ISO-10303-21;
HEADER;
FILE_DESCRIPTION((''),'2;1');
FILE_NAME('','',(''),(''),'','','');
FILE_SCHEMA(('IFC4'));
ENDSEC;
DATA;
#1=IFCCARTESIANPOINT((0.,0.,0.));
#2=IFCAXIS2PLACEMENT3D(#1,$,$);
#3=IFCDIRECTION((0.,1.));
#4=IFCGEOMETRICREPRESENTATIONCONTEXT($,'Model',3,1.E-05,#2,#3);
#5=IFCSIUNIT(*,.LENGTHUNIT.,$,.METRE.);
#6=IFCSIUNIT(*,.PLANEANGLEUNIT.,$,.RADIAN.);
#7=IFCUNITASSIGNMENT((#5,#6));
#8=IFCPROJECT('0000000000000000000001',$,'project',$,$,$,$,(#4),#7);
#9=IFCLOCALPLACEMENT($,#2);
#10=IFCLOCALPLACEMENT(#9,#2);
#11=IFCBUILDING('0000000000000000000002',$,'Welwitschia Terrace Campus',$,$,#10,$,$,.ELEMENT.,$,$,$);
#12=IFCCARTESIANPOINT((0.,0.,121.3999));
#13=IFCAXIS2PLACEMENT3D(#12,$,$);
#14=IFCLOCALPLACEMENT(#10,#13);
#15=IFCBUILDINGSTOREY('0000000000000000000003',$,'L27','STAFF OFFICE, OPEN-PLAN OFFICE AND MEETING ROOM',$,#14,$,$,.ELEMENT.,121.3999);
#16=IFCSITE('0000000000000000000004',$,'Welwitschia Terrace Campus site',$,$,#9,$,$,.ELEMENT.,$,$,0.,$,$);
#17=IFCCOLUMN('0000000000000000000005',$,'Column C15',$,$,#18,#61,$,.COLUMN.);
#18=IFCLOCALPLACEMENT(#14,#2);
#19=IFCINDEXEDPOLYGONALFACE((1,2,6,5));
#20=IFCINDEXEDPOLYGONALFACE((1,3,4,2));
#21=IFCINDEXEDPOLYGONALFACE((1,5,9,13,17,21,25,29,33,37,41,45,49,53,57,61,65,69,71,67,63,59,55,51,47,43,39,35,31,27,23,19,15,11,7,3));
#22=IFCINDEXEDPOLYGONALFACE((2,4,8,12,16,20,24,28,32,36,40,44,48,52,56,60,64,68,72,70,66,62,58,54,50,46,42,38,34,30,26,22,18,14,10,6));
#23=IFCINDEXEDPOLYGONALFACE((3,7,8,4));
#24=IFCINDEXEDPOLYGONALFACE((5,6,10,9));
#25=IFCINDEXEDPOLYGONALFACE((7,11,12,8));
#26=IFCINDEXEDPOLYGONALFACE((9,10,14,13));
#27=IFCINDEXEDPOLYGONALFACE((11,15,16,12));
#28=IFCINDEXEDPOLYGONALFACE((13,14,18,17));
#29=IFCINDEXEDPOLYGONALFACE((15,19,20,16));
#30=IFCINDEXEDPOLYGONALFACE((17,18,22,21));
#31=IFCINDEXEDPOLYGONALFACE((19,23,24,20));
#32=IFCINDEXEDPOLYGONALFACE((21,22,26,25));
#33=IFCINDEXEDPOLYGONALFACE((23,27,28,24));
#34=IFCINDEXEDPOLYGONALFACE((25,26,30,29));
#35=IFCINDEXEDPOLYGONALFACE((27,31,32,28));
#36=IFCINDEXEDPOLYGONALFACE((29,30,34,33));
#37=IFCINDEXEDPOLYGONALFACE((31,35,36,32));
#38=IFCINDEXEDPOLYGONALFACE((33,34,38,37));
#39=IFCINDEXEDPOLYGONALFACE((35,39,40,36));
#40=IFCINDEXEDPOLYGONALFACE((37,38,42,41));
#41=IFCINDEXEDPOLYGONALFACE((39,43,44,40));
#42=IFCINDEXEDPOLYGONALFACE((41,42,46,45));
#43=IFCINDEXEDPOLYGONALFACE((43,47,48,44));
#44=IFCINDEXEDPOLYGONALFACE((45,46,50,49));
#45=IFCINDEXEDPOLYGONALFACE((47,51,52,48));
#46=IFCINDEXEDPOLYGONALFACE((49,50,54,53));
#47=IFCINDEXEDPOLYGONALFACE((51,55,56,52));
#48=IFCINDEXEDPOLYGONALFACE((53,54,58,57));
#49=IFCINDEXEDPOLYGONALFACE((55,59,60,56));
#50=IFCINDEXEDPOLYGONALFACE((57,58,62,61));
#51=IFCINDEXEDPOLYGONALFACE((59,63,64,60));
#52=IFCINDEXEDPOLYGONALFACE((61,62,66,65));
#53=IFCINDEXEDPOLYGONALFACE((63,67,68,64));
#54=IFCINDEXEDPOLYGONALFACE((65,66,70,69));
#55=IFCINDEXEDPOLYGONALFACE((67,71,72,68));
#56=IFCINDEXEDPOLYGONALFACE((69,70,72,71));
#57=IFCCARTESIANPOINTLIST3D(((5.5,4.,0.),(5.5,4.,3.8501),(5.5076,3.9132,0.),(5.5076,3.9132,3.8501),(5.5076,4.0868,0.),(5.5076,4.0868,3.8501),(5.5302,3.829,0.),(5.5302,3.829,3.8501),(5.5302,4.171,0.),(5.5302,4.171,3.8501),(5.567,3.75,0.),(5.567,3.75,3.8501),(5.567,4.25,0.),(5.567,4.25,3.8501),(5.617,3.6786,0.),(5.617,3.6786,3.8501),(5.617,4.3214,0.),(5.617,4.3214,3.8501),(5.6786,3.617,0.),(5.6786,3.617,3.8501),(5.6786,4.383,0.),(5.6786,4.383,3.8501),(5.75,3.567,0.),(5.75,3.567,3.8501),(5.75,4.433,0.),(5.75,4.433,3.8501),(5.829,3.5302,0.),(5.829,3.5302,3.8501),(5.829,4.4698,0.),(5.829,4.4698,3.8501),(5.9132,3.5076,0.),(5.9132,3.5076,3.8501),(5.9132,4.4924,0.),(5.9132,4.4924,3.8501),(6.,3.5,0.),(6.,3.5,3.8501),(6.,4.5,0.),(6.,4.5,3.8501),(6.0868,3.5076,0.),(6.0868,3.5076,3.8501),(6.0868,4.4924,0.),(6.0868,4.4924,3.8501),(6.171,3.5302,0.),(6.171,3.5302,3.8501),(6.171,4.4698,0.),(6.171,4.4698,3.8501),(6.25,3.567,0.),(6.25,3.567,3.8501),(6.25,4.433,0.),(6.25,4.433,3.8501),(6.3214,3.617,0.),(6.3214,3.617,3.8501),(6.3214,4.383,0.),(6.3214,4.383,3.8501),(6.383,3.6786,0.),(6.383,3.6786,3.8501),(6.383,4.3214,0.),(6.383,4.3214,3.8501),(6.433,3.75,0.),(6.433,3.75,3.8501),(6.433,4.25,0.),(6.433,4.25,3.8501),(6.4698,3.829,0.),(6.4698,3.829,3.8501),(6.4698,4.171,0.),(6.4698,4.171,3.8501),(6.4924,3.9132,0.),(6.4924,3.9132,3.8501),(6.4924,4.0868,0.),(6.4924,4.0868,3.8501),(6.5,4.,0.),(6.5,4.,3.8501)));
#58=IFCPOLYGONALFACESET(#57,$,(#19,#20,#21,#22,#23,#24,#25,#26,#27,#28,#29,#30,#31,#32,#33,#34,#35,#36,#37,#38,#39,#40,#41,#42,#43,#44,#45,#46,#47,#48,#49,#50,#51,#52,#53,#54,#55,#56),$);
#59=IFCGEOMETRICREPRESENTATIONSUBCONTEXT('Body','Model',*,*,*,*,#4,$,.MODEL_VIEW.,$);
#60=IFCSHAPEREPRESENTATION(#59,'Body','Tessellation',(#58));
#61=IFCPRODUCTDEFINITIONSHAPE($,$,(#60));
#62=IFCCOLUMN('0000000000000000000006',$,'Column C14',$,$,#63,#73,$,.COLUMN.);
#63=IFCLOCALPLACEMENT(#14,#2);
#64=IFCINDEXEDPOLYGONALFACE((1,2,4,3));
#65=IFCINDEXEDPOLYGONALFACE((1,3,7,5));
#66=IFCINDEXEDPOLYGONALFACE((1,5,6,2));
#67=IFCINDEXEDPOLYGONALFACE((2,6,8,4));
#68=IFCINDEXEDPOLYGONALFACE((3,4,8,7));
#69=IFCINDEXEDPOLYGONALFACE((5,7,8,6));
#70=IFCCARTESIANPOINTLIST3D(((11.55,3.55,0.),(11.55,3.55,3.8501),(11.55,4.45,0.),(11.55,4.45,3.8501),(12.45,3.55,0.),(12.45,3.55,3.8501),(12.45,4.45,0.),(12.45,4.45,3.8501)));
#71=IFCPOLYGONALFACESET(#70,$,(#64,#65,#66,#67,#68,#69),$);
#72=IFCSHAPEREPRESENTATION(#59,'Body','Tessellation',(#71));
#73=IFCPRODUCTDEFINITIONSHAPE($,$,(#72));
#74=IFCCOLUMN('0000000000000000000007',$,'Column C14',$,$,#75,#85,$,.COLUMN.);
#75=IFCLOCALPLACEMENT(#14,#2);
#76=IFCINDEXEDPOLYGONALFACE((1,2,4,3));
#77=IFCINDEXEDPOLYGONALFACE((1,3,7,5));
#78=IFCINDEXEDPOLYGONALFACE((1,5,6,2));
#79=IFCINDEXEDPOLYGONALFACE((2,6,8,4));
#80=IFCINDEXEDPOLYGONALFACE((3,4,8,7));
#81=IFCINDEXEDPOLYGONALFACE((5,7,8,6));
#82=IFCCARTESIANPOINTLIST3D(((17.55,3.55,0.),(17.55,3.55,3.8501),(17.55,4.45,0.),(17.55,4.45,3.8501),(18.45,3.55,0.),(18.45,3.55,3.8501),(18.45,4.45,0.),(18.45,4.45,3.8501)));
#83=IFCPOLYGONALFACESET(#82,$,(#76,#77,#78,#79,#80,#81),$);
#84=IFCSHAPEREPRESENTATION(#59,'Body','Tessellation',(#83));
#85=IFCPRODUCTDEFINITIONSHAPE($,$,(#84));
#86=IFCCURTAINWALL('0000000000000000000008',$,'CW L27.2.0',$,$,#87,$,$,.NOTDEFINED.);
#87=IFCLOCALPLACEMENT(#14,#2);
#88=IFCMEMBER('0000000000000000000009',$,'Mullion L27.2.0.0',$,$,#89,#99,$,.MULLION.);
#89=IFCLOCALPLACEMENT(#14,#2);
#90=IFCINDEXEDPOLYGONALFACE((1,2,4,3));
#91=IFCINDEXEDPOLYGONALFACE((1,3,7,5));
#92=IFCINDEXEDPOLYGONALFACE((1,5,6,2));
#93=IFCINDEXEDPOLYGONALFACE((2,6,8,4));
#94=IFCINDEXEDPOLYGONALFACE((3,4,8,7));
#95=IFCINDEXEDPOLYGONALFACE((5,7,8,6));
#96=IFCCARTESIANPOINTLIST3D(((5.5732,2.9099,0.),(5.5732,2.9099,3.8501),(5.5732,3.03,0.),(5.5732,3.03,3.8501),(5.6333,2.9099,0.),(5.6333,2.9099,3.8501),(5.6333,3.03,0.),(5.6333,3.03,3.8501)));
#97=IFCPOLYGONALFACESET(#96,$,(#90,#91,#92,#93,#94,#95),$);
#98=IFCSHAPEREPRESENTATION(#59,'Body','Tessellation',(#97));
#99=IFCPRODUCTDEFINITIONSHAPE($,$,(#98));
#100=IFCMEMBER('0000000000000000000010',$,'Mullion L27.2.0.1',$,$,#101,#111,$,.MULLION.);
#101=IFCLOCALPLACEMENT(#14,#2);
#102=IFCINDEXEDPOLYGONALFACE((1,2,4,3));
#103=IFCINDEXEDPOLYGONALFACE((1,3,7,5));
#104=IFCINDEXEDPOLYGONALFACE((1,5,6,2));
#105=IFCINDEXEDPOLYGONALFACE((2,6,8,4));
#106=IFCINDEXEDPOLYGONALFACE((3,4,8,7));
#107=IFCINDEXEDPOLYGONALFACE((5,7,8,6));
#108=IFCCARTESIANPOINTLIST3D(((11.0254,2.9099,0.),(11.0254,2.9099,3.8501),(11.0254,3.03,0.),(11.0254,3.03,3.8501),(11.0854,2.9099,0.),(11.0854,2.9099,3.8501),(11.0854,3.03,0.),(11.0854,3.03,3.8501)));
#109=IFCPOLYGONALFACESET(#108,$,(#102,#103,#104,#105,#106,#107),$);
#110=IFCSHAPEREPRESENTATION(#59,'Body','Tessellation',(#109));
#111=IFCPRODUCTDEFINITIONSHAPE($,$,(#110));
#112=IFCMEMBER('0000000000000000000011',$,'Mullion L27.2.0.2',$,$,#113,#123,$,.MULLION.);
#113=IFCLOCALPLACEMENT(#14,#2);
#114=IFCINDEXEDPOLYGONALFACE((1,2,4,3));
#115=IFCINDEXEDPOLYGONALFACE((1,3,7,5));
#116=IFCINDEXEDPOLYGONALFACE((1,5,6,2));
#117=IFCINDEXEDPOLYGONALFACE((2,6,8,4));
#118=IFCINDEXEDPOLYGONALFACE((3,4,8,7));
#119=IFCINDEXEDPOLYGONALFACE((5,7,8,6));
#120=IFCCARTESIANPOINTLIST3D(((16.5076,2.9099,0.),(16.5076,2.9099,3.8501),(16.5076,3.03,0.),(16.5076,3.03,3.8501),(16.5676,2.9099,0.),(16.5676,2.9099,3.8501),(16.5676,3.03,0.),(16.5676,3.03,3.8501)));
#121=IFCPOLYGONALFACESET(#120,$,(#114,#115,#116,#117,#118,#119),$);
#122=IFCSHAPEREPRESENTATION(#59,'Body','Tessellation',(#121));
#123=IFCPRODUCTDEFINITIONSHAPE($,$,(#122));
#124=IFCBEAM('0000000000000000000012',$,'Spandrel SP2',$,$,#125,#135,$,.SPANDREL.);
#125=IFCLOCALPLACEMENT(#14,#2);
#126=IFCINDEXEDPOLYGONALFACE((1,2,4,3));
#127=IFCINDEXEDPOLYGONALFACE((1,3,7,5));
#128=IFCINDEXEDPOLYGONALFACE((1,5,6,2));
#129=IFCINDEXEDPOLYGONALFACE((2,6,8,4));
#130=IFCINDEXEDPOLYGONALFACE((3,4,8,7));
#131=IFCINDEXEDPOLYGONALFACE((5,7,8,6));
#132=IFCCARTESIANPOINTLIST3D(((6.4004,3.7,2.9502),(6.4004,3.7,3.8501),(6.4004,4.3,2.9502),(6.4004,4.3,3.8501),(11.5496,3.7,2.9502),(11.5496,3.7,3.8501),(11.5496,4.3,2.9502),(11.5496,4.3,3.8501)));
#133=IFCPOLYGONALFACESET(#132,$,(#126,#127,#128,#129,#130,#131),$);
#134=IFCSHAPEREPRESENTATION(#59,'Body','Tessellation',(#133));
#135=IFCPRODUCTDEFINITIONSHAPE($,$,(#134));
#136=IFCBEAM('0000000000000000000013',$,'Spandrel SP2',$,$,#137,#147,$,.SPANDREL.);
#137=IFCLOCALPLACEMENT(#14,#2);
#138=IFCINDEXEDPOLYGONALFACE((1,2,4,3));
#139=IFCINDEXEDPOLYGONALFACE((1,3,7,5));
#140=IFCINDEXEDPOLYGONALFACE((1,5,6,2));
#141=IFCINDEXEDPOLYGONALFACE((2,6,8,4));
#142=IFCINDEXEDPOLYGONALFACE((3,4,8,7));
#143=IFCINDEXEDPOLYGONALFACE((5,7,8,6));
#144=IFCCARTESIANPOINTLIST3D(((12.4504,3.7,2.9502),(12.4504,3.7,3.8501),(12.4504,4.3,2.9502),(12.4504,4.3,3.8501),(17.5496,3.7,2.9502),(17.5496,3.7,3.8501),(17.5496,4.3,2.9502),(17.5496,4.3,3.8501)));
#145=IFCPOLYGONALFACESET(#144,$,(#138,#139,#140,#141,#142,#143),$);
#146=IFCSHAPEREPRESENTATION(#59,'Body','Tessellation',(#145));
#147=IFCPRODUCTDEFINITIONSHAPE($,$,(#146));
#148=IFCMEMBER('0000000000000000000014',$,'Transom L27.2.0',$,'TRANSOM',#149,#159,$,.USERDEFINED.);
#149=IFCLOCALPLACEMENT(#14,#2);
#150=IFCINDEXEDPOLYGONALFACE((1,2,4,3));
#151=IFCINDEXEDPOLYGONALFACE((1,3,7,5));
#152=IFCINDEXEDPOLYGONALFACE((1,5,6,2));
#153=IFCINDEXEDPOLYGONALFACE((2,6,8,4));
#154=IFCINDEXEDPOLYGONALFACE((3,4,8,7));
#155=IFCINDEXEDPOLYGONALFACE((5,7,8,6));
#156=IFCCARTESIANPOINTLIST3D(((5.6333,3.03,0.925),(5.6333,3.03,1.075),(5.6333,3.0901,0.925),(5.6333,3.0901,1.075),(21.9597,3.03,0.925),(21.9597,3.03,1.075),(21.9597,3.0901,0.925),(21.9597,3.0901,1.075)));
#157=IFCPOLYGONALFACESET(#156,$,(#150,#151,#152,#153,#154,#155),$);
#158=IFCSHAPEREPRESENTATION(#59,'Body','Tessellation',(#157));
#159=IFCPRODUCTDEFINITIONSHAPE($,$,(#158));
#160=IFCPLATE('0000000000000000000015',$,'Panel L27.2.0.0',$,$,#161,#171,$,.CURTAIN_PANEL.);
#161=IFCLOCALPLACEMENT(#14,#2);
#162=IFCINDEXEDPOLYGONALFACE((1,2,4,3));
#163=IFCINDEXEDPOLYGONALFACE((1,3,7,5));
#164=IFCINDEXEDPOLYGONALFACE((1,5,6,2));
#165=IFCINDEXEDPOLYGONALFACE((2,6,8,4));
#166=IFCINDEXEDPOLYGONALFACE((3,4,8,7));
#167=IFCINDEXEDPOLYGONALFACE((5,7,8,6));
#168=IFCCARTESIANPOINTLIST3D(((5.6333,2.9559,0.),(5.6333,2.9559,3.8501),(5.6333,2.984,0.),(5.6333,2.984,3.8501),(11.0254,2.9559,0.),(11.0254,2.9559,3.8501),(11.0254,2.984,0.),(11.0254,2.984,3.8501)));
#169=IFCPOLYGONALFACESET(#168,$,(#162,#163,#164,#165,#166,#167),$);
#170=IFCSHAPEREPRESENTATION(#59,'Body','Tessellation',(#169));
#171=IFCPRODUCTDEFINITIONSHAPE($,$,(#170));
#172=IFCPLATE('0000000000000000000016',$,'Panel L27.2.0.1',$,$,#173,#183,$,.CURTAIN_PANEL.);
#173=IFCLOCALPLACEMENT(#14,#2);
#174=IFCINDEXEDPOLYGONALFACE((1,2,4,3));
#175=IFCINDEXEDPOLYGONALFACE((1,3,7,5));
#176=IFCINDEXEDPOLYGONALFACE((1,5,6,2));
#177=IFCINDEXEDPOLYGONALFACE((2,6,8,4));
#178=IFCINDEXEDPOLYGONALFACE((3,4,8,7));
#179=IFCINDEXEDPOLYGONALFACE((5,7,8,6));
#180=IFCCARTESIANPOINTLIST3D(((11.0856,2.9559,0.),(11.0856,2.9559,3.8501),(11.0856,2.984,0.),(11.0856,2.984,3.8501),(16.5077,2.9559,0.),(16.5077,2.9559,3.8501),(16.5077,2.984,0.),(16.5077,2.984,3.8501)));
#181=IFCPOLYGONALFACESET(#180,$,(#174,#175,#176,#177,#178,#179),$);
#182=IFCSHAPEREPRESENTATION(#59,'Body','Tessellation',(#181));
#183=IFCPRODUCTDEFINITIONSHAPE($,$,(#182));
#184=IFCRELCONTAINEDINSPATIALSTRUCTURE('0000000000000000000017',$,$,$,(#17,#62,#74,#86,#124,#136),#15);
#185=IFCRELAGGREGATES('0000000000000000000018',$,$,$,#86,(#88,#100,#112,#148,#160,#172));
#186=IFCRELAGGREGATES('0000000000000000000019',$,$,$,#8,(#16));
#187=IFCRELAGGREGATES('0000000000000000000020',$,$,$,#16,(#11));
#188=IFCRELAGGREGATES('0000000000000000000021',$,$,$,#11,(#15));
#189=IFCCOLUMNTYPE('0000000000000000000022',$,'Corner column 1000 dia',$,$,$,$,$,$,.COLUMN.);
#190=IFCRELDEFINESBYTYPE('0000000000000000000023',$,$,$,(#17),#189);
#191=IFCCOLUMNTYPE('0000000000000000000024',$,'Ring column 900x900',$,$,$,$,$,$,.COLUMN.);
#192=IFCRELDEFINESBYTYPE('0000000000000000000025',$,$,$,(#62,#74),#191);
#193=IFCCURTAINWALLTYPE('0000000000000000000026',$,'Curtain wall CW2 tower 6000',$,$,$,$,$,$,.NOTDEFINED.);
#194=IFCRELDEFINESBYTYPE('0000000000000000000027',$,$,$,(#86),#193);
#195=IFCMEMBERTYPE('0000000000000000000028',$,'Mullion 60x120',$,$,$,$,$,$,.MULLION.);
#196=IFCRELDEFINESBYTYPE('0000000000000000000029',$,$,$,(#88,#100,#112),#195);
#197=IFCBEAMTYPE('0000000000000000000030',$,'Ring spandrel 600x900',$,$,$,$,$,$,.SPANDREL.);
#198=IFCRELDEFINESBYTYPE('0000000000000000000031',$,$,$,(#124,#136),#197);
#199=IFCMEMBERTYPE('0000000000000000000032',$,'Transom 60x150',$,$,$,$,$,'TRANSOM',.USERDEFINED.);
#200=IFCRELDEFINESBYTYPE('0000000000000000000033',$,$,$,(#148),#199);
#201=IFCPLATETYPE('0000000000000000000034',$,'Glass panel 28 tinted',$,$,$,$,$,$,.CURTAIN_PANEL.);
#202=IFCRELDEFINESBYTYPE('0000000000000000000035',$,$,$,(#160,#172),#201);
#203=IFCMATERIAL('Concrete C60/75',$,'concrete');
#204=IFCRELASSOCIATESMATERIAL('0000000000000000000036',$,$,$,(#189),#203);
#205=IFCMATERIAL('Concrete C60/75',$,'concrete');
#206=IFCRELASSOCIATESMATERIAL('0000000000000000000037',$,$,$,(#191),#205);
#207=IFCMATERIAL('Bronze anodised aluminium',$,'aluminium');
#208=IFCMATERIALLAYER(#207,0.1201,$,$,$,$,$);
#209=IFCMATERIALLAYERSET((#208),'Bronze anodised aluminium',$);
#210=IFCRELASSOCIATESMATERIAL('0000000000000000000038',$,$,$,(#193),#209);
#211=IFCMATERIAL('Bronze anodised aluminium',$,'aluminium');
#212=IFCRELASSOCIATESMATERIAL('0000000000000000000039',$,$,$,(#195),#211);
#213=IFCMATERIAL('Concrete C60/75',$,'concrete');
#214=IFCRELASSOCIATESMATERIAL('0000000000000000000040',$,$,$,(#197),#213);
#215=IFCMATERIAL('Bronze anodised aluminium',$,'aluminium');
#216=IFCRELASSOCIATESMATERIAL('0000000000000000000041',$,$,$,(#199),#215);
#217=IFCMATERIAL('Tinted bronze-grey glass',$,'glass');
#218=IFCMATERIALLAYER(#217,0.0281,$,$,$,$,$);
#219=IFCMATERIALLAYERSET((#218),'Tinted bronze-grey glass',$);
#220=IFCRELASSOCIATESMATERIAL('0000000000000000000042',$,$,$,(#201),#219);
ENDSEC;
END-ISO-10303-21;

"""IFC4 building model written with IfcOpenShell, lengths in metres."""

from ifc_helpers import new_model, si_unit, direction, frame, origin, origin_2d, place, context, subcontext, project, spatial, rectangle, circle, extrude, material, layer, layer_set, material_profile, profile_set, type_object, element, aggregate, save


model = new_model("IFC4")

# Units and contexts
model_context = context("Model", 3, precision=1e-05, world=origin(), true_north=direction((0.0, 1.0)))
body_context = subcontext(model_context, "Body", "Model", "MODEL_VIEW")
ifc_project = project(units=[si_unit("LENGTHUNIT", "METRE"), si_unit("PLANEANGLEUNIT", "RADIAN")], contexts=[model_context])

# Site, building, storey
site_placement = place(None, origin())
site = spatial("IfcSite", under=ifc_project, at=site_placement, Name="Welwitschia Terrace Campus site", CompositionType="ELEMENT", RefElevation=0.0)
building_placement = place(site_placement, origin())
building = spatial("IfcBuilding", under=site, at=building_placement, Name="Welwitschia Terrace Campus", CompositionType="ELEMENT")
storey_placement = place(building_placement, frame((0.0, 0.0, 121.3999)))
storey = spatial("IfcBuildingStorey", under=building, at=storey_placement, Name="L27", Description="STAFF OFFICE, OPEN-PLAN OFFICE AND MEETING ROOM", CompositionType="ELEMENT", Elevation=121.3999)

# Columns
ifc_material_1 = material(Name="Concrete C60/75", Category="concrete")
ifc_material_profile_1 = material_profile(ifc_material_1, circle(Radius=0.5, at=origin_2d()))
ifc_profile_set_1 = profile_set([ifc_material_profile_1], Name="Concrete C60/75")
column_type_1 = type_object("IfcColumnType", Name="Corner column 1000 dia", PredefinedType="COLUMN", material=ifc_profile_set_1)
column_placement = place(storey_placement, frame((6.0, 4.0, 0.0), z_axis=(0.0, 0.0, 1.0), x_axis=(1.0, 0.0, 0.0)))
element("IfcColumn", 1, at=column_placement, inside=storey, type_object=column_type_1, Name="Column C15", PredefinedType="COLUMN", context=body_context, shape_type="SweptSolid", body=[
    extrude(circle(Radius=0.5, at=origin_2d()), origin(), (0.0, 0.0, 1.0), 3.8501),
])
ifc_material_2 = material(Name="Concrete C60/75", Category="concrete")
ifc_material_profile_2 = material_profile(ifc_material_2, rectangle(XDim=0.8999, YDim=0.8999, at=origin_2d()))
ifc_profile_set_2 = profile_set([ifc_material_profile_2], Name="Concrete C60/75")
column_type_2 = type_object("IfcColumnType", Name="Ring column 900x900", PredefinedType="COLUMN", material=ifc_profile_set_2)
for number, where, z_axis, x_axis, name in (
    (2, (12.0, 4.0, 0.0), (0.0, 0.0, 1.0), (1.0, 0.0, 0.0), "Column C14"),
    (3, (18.0, 4.0, 0.0), (0.0, 0.0, 1.0), (1.0, 0.0, 0.0), "Column C14"),
):
    element("IfcColumn", number, at=place(storey_placement, frame(where, z_axis=z_axis, x_axis=x_axis)), inside=storey, type_object=column_type_2, Name=name, PredefinedType="COLUMN", context=body_context, shape_type="SweptSolid", body=[
        extrude(rectangle(XDim=0.8999, YDim=0.8999, at=origin_2d()), origin(), (0.0, 0.0, 1.0), 3.8501),
    ])

# Curtain wall, members
ifc_material_3 = material(Name="Bronze anodised aluminium", Category="aluminium")
ifc_layer_1 = layer(ifc_material_3, 0.1201)
ifc_layer_set_1 = layer_set([ifc_layer_1], Name="Bronze anodised aluminium")
curtain_wall_type = type_object("IfcCurtainWallType", Name="Curtain wall CW2 tower 6000", PredefinedType="NOTDEFINED", material=ifc_layer_set_1)
curtain_wall_placement = place(storey_placement, origin())
curtain_wall = element("IfcCurtainWall", 4, at=curtain_wall_placement, inside=storey, type_object=curtain_wall_type, Name="CW L27.2.0", PredefinedType="NOTDEFINED")
ifc_material_4 = material(Name="Bronze anodised aluminium", Category="aluminium")
ifc_material_profile_3 = material_profile(ifc_material_4, rectangle(XDim=0.1201, YDim=0.0601, at=origin_2d()))
ifc_profile_set_3 = profile_set([ifc_material_profile_3], Name="Bronze anodised aluminium")
member_type_1 = type_object("IfcMemberType", Name="Mullion 60x120", PredefinedType="MULLION", material=ifc_profile_set_3)
member_1_placement = place(storey_placement, frame((5.6033, 2.97, 0.0), z_axis=(0.0, 0.0, 1.0), x_axis=(0.0, 1.0, 0.0)))
member_1 = element("IfcMember", 5, at=member_1_placement, type_object=member_type_1, Name="Mullion L27.2.0.0", PredefinedType="MULLION", context=body_context, shape_type="SweptSolid", body=[
    extrude(rectangle(XDim=0.1201, YDim=0.0601, at=origin_2d()), origin(), (0.0, 0.0, 1.0), 3.8501),
])
member_2_placement = place(storey_placement, frame((11.0554, 2.97, 0.0), z_axis=(0.0, 0.0, 1.0), x_axis=(0.0, 1.0, 0.0)))
member_2 = element("IfcMember", 6, at=member_2_placement, type_object=member_type_1, Name="Mullion L27.2.0.1", PredefinedType="MULLION", context=body_context, shape_type="SweptSolid", body=[
    extrude(rectangle(XDim=0.1201, YDim=0.0601, at=origin_2d()), origin(), (0.0, 0.0, 1.0), 3.8501),
])
member_3_placement = place(storey_placement, frame((16.5376, 2.97, 0.0), z_axis=(0.0, 0.0, 1.0), x_axis=(0.0, 1.0, 0.0)))
member_3 = element("IfcMember", 7, at=member_3_placement, type_object=member_type_1, Name="Mullion L27.2.0.2", PredefinedType="MULLION", context=body_context, shape_type="SweptSolid", body=[
    extrude(rectangle(XDim=0.1201, YDim=0.0601, at=origin_2d()), origin(), (0.0, 0.0, 1.0), 3.8501),
])

# Beams
ifc_material_5 = material(Name="Concrete C60/75", Category="concrete")
ifc_material_profile_4 = material_profile(ifc_material_5, rectangle(XDim=0.6001, YDim=0.8999, at=origin_2d()))
ifc_profile_set_4 = profile_set([ifc_material_profile_4], Name="Concrete C60/75")
beam_type = type_object("IfcBeamType", Name="Ring spandrel 600x900", PredefinedType="SPANDREL", material=ifc_profile_set_4)
beam_1_placement = place(storey_placement, frame((6.4004, 4.0, 3.4001), z_axis=(1.0, 0.0, 0.0), x_axis=(0.0, 1.0, 0.0)))
element("IfcBeam", 8, at=beam_1_placement, inside=storey, type_object=beam_type, Name="Spandrel SP2", PredefinedType="SPANDREL", context=body_context, shape_type="SweptSolid", body=[
    extrude(rectangle(XDim=0.6001, YDim=0.8999, at=origin_2d()), origin(), (0.0, 0.0, 1.0), 5.1492),
])
beam_2_placement = place(storey_placement, frame((12.4504, 4.0, 3.4001), z_axis=(1.0, 0.0, 0.0), x_axis=(0.0, 1.0, 0.0)))
element("IfcBeam", 9, at=beam_2_placement, inside=storey, type_object=beam_type, Name="Spandrel SP2", PredefinedType="SPANDREL", context=body_context, shape_type="SweptSolid", body=[
    extrude(rectangle(XDim=0.6001, YDim=0.8999, at=origin_2d()), origin(), (0.0, 0.0, 1.0), 5.0991),
])

# Member
ifc_material_6 = material(Name="Bronze anodised aluminium", Category="aluminium")
ifc_material_profile_5 = material_profile(ifc_material_6, rectangle(XDim=0.0601, YDim=0.1499, at=origin_2d()))
ifc_profile_set_5 = profile_set([ifc_material_profile_5], Name="Bronze anodised aluminium")
member_type_2 = type_object("IfcMemberType", Name="Transom 60x150", ElementType="TRANSOM", PredefinedType="USERDEFINED", material=ifc_profile_set_5)
member_4_placement = place(storey_placement, frame((5.6333, 3.0601, 1.0), z_axis=(1.0, 0.0, 0.0), x_axis=(0.0, 1.0, 0.0)))
member_4 = element("IfcMember", 10, at=member_4_placement, type_object=member_type_2, Name="Transom L27.2.0", ObjectType="TRANSOM", PredefinedType="USERDEFINED", context=body_context, shape_type="SweptSolid", body=[
    extrude(rectangle(XDim=0.0601, YDim=0.1499, at=origin_2d()), origin(), (0.0, 0.0, 1.0), 16.3264),
])

# Plates
ifc_material_7 = material(Name="Tinted bronze-grey glass", Category="glass")
ifc_layer_2 = layer(ifc_material_7, 0.0281)
ifc_layer_set_2 = layer_set([ifc_layer_2], Name="Tinted bronze-grey glass")
plate_type = type_object("IfcPlateType", Name="Glass panel 28 tinted", PredefinedType="CURTAIN_PANEL", material=ifc_layer_set_2)
plate_1_placement = place(storey_placement, frame((8.3293, 2.97, 0.0), z_axis=(0.0, 0.0, 1.0), x_axis=(1.0, 0.0, 0.0)))
plate_1 = element("IfcPlate", 11, at=plate_1_placement, type_object=plate_type, Name="Panel L27.2.0.0", PredefinedType="CURTAIN_PANEL", context=body_context, shape_type="SweptSolid", body=[
    extrude(rectangle(XDim=5.3921, YDim=0.0281, at=origin_2d()), origin(), (0.0, 0.0, 1.0), 3.8501),
])
plate_2_placement = place(storey_placement, frame((13.7966, 2.97, 0.0), z_axis=(0.0, 0.0, 1.0), x_axis=(1.0, 0.0, 0.0)))
plate_2 = element("IfcPlate", 12, at=plate_2_placement, type_object=plate_type, Name="Panel L27.2.0.1", PredefinedType="CURTAIN_PANEL", context=body_context, shape_type="SweptSolid", body=[
    extrude(rectangle(XDim=5.4221, YDim=0.0281, at=origin_2d()), origin(), (0.0, 0.0, 1.0), 3.8501),
])
aggregate(curtain_wall, [member_1, member_2, member_3, member_4, plate_1, plate_2])

save(model, "model.ifc")
